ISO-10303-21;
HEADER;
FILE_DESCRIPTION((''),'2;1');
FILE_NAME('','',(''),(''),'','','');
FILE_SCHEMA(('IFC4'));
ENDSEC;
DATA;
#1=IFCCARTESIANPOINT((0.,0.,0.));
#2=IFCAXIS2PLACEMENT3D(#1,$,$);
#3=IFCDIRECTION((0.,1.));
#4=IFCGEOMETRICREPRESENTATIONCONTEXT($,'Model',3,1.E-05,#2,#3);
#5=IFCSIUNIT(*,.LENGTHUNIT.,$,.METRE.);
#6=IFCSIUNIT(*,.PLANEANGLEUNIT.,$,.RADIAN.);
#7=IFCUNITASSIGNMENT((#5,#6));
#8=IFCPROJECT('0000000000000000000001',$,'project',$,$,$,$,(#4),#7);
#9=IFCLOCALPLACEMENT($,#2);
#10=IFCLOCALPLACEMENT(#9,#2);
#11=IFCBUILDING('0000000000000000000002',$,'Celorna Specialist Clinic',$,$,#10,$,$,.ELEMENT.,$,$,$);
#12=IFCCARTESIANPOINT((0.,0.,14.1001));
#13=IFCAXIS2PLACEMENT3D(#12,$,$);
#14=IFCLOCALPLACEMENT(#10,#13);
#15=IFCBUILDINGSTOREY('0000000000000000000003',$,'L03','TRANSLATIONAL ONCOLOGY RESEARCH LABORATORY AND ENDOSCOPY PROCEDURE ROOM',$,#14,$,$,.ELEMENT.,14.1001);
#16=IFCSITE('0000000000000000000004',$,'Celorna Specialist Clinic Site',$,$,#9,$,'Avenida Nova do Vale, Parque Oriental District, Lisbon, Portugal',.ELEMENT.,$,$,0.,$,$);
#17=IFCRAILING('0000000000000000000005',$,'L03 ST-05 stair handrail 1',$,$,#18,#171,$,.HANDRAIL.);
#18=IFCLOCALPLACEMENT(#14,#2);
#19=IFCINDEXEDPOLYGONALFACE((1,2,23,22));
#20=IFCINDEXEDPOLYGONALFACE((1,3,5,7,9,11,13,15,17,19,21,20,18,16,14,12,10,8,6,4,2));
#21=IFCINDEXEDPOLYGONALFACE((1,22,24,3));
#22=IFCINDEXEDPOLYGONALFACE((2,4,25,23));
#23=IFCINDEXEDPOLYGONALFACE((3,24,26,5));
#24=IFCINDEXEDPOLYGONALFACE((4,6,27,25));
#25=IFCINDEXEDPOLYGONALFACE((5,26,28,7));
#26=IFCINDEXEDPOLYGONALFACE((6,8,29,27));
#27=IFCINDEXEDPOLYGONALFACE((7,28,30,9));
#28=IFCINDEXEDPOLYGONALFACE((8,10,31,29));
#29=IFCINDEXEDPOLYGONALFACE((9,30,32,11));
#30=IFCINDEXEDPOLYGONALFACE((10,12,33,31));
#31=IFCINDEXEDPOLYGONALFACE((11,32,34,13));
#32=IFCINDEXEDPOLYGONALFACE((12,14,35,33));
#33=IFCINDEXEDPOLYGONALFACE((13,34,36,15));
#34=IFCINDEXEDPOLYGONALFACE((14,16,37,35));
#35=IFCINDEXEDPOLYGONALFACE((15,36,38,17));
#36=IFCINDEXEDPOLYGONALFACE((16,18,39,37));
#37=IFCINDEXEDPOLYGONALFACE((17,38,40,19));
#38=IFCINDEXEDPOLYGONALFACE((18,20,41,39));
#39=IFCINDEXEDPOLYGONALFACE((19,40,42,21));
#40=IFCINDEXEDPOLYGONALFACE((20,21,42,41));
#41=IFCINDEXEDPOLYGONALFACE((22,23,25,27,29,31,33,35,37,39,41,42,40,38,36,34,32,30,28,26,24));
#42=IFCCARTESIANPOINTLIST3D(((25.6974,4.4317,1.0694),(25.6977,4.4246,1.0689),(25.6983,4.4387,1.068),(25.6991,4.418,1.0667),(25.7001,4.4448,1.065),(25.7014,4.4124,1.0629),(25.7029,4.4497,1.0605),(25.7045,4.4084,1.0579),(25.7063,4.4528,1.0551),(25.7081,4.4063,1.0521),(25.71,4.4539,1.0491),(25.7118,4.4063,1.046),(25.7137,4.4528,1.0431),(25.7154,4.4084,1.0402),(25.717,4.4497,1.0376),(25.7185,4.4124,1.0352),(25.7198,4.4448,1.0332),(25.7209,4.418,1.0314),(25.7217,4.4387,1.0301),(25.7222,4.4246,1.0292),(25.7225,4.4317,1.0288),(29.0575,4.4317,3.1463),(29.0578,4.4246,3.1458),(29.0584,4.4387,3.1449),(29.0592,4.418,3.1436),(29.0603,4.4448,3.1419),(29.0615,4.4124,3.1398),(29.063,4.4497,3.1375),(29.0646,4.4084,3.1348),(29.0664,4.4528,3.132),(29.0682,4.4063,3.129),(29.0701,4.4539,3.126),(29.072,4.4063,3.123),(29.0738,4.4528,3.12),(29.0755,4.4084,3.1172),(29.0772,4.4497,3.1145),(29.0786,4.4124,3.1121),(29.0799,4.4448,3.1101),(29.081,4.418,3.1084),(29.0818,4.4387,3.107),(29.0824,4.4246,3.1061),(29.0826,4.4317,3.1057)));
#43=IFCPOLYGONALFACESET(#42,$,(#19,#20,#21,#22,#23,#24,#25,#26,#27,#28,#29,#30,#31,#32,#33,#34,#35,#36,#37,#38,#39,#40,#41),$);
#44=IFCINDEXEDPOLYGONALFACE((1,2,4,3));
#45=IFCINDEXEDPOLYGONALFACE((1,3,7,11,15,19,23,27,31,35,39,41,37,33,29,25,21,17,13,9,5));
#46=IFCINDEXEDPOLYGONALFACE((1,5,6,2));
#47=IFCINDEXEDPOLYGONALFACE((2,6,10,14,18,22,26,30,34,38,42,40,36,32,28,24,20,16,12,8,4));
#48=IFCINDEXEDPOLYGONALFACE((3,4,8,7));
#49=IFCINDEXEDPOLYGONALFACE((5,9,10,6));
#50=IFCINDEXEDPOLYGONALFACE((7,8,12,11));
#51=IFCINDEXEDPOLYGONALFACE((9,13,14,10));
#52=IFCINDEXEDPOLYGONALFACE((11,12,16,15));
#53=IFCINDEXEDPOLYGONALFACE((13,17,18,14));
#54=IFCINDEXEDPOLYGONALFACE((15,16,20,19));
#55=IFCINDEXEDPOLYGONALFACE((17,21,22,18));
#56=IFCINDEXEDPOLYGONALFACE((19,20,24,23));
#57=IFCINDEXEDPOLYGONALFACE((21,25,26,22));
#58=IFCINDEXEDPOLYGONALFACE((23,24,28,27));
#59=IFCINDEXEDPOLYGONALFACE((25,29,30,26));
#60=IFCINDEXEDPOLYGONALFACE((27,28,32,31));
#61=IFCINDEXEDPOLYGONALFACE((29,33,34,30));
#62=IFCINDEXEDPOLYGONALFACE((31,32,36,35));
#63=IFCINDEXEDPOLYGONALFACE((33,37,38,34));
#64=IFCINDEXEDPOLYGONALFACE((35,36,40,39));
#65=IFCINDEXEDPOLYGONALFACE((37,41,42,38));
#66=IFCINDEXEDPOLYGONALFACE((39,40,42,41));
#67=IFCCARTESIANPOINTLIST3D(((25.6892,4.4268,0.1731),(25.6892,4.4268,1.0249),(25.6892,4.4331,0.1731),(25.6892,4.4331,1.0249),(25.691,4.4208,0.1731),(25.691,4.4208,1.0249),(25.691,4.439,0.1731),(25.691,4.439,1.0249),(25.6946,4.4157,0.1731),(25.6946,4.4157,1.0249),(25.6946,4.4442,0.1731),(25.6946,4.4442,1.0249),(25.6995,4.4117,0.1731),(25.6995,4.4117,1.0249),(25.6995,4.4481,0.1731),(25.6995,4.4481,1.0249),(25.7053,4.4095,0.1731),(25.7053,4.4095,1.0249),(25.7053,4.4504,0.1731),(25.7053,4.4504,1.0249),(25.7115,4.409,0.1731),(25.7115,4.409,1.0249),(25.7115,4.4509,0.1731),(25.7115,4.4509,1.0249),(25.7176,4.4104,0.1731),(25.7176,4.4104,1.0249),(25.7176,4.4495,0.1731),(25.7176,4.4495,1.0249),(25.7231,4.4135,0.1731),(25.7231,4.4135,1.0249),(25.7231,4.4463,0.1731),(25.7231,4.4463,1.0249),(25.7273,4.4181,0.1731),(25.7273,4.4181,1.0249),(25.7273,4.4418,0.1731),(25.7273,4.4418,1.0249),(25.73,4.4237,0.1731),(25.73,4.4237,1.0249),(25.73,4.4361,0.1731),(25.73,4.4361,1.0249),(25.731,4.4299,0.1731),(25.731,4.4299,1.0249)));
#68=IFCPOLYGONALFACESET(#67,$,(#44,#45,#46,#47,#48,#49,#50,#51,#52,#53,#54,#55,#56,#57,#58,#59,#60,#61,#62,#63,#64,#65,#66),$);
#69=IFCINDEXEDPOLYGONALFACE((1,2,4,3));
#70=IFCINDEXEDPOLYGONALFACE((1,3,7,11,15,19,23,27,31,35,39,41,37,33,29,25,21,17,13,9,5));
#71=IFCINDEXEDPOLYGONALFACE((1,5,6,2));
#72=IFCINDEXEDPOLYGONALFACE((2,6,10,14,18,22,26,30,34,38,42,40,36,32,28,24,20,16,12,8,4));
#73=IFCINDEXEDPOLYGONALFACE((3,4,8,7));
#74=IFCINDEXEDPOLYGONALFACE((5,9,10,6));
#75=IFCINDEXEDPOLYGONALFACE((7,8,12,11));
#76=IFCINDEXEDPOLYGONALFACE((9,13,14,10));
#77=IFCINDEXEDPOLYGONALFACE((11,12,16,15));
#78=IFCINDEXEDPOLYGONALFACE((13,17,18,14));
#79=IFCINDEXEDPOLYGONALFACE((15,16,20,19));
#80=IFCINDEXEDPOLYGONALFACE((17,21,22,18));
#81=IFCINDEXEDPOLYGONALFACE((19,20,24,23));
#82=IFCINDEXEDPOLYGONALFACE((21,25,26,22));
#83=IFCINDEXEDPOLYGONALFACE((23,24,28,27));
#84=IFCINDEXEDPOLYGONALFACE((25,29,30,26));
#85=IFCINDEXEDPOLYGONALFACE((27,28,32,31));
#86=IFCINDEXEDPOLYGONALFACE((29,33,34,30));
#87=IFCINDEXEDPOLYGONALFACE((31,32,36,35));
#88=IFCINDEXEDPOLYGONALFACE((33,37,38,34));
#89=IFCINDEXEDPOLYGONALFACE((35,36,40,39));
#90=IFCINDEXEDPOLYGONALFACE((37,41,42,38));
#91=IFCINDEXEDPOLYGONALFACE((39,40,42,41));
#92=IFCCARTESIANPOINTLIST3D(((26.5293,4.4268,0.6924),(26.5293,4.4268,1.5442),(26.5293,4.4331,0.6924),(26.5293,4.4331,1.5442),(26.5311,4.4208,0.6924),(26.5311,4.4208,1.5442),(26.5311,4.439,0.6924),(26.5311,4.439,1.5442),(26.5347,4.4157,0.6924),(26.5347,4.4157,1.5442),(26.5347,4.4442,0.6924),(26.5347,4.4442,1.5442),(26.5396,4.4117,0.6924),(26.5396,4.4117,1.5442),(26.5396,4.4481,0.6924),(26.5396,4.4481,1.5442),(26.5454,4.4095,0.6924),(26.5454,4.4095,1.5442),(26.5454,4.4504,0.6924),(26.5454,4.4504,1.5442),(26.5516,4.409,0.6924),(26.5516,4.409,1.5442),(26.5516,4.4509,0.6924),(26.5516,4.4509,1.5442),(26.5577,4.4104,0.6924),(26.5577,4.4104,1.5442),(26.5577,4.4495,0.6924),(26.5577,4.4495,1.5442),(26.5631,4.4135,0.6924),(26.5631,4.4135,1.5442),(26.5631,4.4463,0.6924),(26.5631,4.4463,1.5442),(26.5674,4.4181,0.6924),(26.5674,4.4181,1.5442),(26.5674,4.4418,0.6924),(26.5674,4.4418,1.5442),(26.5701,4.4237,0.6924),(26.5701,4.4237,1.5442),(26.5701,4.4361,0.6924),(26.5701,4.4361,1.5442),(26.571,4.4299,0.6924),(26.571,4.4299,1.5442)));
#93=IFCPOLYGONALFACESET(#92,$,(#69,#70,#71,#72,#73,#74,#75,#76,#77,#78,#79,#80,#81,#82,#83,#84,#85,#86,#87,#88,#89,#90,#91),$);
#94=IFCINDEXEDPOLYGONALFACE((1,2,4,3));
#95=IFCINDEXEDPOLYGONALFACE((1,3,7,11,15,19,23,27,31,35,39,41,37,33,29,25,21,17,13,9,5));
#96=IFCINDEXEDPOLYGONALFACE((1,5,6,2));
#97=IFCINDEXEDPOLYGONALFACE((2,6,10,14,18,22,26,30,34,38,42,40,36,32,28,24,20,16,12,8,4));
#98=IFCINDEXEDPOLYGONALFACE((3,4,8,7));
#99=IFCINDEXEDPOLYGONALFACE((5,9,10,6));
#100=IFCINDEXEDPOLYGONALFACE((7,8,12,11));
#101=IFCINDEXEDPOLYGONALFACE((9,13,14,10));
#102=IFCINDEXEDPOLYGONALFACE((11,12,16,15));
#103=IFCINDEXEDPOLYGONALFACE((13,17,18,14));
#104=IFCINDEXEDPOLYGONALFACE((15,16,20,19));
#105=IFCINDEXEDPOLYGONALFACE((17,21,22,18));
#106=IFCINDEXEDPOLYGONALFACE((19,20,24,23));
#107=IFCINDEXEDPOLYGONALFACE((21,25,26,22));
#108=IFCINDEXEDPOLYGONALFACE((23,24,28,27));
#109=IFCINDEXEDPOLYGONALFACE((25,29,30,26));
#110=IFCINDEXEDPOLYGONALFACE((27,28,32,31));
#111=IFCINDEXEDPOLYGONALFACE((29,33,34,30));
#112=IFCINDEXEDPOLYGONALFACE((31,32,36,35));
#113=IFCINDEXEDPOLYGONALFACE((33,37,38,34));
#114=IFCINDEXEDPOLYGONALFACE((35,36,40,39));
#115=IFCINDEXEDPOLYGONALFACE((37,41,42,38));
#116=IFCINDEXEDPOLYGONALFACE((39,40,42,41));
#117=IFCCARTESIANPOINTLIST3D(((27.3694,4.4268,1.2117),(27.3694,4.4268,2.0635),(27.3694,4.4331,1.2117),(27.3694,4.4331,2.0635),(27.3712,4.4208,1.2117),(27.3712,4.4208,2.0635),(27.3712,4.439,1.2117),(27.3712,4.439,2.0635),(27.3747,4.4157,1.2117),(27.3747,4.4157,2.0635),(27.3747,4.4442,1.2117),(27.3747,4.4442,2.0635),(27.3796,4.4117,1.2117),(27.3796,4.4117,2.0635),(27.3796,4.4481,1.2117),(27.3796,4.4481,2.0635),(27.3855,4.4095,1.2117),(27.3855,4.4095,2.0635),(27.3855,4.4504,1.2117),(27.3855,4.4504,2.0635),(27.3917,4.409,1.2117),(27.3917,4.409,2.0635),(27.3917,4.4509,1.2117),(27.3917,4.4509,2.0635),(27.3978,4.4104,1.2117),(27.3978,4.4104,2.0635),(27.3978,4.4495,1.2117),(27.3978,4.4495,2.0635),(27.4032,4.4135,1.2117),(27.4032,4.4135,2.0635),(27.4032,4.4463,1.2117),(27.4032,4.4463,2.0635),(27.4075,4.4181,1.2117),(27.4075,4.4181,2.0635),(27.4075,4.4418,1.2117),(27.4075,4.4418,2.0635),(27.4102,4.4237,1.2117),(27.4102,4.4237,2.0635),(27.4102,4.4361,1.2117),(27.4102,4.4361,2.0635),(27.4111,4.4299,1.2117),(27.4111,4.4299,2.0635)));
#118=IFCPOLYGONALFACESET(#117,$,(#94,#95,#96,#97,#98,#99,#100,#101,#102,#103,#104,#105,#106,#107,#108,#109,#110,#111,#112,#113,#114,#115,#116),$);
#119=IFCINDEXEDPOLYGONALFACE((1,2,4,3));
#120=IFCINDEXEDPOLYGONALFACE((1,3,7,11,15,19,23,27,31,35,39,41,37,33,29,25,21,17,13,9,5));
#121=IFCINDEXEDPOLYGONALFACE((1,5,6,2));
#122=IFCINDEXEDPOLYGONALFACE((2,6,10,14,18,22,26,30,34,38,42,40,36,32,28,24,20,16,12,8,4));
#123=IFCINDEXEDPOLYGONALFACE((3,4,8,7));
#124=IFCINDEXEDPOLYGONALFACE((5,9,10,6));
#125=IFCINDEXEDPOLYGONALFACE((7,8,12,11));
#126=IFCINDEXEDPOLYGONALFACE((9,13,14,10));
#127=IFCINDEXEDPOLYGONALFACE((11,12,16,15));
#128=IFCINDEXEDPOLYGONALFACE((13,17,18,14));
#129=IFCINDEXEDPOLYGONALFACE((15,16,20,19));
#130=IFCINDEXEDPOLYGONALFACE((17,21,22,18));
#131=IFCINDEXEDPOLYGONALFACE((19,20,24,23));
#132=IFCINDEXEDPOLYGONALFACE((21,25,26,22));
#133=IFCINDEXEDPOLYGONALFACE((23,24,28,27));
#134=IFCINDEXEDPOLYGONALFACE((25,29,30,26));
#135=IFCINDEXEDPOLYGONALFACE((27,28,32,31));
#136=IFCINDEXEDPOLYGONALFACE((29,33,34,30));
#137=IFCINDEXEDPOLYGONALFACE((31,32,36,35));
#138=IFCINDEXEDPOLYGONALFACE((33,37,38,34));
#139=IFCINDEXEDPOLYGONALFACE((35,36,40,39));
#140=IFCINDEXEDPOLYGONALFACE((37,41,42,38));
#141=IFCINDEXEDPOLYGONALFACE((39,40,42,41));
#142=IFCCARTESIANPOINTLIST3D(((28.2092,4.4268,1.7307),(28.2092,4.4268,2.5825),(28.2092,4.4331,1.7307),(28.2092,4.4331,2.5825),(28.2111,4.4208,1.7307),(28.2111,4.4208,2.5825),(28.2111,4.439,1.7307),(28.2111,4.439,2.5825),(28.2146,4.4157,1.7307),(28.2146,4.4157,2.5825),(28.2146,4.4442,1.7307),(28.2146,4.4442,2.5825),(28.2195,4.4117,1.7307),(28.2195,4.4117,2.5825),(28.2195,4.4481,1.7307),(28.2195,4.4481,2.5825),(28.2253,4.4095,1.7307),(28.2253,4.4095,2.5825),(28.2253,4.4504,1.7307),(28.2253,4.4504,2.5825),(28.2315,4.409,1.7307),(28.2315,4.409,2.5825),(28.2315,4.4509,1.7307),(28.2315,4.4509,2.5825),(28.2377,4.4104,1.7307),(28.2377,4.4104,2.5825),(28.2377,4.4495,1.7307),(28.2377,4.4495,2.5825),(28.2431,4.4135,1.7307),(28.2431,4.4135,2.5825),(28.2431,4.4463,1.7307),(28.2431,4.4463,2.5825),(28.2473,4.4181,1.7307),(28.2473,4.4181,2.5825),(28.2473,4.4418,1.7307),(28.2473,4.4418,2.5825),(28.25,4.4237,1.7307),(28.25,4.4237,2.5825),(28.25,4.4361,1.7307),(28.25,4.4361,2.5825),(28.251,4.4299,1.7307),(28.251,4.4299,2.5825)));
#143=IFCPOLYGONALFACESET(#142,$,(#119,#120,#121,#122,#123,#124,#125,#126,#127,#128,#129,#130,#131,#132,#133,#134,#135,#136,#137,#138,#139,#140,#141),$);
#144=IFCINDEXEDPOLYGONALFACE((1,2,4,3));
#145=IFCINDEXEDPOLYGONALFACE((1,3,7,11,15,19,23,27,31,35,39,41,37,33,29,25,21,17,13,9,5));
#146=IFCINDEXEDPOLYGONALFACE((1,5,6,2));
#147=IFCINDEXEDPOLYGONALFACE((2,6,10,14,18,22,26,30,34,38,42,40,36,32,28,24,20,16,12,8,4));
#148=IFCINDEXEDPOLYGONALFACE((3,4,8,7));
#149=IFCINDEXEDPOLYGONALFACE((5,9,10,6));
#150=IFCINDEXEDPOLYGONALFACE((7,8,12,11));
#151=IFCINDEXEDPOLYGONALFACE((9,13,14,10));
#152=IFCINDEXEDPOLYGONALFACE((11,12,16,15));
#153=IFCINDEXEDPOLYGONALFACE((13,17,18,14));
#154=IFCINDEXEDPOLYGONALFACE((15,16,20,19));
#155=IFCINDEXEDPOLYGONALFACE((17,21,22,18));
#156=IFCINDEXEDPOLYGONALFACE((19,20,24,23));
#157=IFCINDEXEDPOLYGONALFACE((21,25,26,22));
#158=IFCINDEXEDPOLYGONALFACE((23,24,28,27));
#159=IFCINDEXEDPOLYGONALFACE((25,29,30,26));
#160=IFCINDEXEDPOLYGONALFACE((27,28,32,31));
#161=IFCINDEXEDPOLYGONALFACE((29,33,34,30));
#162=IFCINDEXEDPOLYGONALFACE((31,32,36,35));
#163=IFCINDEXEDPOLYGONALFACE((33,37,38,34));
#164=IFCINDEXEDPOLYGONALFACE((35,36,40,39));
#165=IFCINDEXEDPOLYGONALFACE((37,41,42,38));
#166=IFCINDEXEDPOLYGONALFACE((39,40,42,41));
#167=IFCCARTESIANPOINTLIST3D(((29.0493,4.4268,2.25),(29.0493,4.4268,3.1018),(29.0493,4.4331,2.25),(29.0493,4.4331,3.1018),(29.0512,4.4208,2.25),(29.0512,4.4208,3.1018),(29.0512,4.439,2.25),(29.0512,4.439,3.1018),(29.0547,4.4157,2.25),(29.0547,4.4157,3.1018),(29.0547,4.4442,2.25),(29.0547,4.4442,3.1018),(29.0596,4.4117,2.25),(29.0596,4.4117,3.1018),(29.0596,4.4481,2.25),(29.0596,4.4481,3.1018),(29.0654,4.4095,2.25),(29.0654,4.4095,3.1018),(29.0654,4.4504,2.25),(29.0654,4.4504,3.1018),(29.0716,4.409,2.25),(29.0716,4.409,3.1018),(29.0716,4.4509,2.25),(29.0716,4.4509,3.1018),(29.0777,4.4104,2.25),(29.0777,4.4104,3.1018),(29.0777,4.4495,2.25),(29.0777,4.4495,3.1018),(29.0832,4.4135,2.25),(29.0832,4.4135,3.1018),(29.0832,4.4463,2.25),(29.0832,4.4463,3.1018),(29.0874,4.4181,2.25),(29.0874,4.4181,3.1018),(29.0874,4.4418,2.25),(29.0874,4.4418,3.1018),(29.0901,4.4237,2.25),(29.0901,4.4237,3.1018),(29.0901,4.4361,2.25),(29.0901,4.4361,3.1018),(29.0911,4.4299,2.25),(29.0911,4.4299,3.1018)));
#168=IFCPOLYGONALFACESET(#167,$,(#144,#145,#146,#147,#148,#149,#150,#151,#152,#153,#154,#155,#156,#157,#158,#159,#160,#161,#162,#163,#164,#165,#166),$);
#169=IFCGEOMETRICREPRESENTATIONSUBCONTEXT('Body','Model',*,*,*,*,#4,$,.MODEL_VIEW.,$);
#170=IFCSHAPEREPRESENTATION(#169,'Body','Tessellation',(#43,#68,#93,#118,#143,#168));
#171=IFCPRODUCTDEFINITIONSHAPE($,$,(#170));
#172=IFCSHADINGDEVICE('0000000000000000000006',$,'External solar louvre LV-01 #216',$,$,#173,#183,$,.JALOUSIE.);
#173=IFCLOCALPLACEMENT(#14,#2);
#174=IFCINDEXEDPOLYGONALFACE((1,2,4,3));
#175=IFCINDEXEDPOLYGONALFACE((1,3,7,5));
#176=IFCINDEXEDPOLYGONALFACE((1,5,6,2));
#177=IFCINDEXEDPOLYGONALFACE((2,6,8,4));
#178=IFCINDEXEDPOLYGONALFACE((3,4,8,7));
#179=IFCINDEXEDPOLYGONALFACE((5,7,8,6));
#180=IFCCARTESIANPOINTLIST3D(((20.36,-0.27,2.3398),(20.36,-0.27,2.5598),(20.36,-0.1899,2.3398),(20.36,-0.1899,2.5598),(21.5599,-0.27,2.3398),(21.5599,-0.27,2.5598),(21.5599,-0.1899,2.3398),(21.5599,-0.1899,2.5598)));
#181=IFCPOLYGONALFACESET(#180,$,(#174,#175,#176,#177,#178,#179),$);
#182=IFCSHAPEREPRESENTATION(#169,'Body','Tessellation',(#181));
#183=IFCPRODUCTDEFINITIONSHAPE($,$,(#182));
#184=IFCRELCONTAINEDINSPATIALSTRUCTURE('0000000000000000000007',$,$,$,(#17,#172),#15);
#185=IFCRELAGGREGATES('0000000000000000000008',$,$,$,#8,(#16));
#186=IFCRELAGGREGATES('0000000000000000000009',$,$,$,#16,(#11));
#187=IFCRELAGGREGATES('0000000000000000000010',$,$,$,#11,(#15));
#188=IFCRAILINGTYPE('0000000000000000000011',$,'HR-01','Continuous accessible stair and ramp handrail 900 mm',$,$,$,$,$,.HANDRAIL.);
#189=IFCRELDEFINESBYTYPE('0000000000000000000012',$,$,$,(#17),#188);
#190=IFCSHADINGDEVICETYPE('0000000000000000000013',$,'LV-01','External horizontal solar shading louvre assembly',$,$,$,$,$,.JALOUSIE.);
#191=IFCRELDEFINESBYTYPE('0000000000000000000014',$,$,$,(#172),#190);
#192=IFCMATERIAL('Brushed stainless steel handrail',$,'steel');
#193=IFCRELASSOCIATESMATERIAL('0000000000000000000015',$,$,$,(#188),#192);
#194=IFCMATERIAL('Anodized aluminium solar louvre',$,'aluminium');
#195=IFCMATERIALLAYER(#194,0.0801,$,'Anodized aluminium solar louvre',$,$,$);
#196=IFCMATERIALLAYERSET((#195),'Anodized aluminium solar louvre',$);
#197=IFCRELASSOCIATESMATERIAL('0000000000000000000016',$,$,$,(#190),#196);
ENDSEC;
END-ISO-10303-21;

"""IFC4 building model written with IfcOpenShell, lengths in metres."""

from ifc_helpers import new_model, si_unit, direction, frame, origin, origin_2d, place, context, subcontext, project, spatial, rectangle, circle, extrude, material, layer, layer_set, type_object, element, save


model = new_model("IFC4")

# Units and contexts
model_context = context("Model", 3, precision=1e-05, world=origin(), true_north=direction((0.0, 1.0)))
body_context = subcontext(model_context, "Body", "Model", "MODEL_VIEW")
ifc_project = project(units=[si_unit("LENGTHUNIT", "METRE"), si_unit("PLANEANGLEUNIT", "RADIAN")], contexts=[model_context])

# Site, building, storey
site_placement = place(None, origin())
site = spatial("IfcSite", under=ifc_project, at=site_placement, Name="Celorna Specialist Clinic Site", LongName="Avenida Nova do Vale, Parque Oriental District, Lisbon, Portugal", CompositionType="ELEMENT", RefElevation=0.0)
building_placement = place(site_placement, origin())
building = spatial("IfcBuilding", under=site, at=building_placement, Name="Celorna Specialist Clinic", CompositionType="ELEMENT")
storey_placement = place(building_placement, frame((0.0, 0.0, 14.1001)))
storey = spatial("IfcBuildingStorey", under=building, at=storey_placement, Name="L03", Description="TRANSLATIONAL ONCOLOGY RESEARCH LABORATORY AND ENDOSCOPY PROCEDURE ROOM", CompositionType="ELEMENT", Elevation=14.1001)

# Railing
ifc_material_1 = material(Name="Brushed stainless steel handrail", Category="steel")
railing_type_1 = type_object("IfcRailingType", Name="HR-01", Description="Continuous accessible stair and ramp handrail 900 mm", PredefinedType="HANDRAIL", material=ifc_material_1)
railing_1_placement = place(storey_placement, frame((25.71, 4.4299, 0.1731)))
element("IfcRailing", 1, at=railing_1_placement, inside=storey, type_object=railing_type_1, Name="L03 ST-05 stair handrail 1", PredefinedType="HANDRAIL", context=body_context, shape_type="SweptSolid", body=[
    extrude(circle(Radius=0.0239, at=origin_2d()), frame((0.0, 0.0, 0.876), z_axis=(0.850623, 0.0, 0.525776), x_axis=(0.0, 1.0, 0.0)), (0.0, 0.0, 1.0), 3.9502),
    extrude(circle(Radius=0.021, at=origin_2d()), origin(), (0.0, 0.0, 1.0), 0.8518),
    extrude(circle(Radius=0.021, at=origin_2d()), frame((0.8401, 0.0, 0.5193)), (0.0, 0.0, 1.0), 0.8518),
    extrude(circle(Radius=0.021, at=origin_2d()), frame((1.6802, 0.0, 1.0386)), (0.0, 0.0, 1.0), 0.8518),
    extrude(circle(Radius=0.021, at=origin_2d()), frame((2.52, 0.0, 1.5576)), (0.0, 0.0, 1.0), 0.8518),
    extrude(circle(Radius=0.021, at=origin_2d()), frame((3.3601, 0.0, 2.0769)), (0.0, 0.0, 1.0), 0.8518),
])

# Shading device
ifc_material_2 = material(Name="Anodized aluminium solar louvre", Category="aluminium")
ifc_layer_1 = layer(ifc_material_2, 0.0801, Name="Anodized aluminium solar louvre")
ifc_layer_set_1 = layer_set([ifc_layer_1], Name="Anodized aluminium solar louvre")
shading_device_type = type_object("IfcShadingDeviceType", Name="LV-01", Description="External horizontal solar shading louvre assembly", PredefinedType="JALOUSIE", material=ifc_layer_set_1)
shading_device_placement = place(storey_placement, frame((20.96, -0.23, 2.3398), z_axis=(0.0, 0.0, 1.0), x_axis=(-1.0, 0.0, 0.0)))
element("IfcShadingDevice", 2, at=shading_device_placement, inside=storey, type_object=shading_device_type, Name="External solar louvre LV-01 #216", PredefinedType="JALOUSIE", context=body_context, shape_type="SweptSolid", body=[
    extrude(rectangle(XDim=1.2, YDim=0.0801, at=origin_2d()), origin(), (0.0, 0.0, 1.0), 0.22),
])

save(model, "model.ifc")
